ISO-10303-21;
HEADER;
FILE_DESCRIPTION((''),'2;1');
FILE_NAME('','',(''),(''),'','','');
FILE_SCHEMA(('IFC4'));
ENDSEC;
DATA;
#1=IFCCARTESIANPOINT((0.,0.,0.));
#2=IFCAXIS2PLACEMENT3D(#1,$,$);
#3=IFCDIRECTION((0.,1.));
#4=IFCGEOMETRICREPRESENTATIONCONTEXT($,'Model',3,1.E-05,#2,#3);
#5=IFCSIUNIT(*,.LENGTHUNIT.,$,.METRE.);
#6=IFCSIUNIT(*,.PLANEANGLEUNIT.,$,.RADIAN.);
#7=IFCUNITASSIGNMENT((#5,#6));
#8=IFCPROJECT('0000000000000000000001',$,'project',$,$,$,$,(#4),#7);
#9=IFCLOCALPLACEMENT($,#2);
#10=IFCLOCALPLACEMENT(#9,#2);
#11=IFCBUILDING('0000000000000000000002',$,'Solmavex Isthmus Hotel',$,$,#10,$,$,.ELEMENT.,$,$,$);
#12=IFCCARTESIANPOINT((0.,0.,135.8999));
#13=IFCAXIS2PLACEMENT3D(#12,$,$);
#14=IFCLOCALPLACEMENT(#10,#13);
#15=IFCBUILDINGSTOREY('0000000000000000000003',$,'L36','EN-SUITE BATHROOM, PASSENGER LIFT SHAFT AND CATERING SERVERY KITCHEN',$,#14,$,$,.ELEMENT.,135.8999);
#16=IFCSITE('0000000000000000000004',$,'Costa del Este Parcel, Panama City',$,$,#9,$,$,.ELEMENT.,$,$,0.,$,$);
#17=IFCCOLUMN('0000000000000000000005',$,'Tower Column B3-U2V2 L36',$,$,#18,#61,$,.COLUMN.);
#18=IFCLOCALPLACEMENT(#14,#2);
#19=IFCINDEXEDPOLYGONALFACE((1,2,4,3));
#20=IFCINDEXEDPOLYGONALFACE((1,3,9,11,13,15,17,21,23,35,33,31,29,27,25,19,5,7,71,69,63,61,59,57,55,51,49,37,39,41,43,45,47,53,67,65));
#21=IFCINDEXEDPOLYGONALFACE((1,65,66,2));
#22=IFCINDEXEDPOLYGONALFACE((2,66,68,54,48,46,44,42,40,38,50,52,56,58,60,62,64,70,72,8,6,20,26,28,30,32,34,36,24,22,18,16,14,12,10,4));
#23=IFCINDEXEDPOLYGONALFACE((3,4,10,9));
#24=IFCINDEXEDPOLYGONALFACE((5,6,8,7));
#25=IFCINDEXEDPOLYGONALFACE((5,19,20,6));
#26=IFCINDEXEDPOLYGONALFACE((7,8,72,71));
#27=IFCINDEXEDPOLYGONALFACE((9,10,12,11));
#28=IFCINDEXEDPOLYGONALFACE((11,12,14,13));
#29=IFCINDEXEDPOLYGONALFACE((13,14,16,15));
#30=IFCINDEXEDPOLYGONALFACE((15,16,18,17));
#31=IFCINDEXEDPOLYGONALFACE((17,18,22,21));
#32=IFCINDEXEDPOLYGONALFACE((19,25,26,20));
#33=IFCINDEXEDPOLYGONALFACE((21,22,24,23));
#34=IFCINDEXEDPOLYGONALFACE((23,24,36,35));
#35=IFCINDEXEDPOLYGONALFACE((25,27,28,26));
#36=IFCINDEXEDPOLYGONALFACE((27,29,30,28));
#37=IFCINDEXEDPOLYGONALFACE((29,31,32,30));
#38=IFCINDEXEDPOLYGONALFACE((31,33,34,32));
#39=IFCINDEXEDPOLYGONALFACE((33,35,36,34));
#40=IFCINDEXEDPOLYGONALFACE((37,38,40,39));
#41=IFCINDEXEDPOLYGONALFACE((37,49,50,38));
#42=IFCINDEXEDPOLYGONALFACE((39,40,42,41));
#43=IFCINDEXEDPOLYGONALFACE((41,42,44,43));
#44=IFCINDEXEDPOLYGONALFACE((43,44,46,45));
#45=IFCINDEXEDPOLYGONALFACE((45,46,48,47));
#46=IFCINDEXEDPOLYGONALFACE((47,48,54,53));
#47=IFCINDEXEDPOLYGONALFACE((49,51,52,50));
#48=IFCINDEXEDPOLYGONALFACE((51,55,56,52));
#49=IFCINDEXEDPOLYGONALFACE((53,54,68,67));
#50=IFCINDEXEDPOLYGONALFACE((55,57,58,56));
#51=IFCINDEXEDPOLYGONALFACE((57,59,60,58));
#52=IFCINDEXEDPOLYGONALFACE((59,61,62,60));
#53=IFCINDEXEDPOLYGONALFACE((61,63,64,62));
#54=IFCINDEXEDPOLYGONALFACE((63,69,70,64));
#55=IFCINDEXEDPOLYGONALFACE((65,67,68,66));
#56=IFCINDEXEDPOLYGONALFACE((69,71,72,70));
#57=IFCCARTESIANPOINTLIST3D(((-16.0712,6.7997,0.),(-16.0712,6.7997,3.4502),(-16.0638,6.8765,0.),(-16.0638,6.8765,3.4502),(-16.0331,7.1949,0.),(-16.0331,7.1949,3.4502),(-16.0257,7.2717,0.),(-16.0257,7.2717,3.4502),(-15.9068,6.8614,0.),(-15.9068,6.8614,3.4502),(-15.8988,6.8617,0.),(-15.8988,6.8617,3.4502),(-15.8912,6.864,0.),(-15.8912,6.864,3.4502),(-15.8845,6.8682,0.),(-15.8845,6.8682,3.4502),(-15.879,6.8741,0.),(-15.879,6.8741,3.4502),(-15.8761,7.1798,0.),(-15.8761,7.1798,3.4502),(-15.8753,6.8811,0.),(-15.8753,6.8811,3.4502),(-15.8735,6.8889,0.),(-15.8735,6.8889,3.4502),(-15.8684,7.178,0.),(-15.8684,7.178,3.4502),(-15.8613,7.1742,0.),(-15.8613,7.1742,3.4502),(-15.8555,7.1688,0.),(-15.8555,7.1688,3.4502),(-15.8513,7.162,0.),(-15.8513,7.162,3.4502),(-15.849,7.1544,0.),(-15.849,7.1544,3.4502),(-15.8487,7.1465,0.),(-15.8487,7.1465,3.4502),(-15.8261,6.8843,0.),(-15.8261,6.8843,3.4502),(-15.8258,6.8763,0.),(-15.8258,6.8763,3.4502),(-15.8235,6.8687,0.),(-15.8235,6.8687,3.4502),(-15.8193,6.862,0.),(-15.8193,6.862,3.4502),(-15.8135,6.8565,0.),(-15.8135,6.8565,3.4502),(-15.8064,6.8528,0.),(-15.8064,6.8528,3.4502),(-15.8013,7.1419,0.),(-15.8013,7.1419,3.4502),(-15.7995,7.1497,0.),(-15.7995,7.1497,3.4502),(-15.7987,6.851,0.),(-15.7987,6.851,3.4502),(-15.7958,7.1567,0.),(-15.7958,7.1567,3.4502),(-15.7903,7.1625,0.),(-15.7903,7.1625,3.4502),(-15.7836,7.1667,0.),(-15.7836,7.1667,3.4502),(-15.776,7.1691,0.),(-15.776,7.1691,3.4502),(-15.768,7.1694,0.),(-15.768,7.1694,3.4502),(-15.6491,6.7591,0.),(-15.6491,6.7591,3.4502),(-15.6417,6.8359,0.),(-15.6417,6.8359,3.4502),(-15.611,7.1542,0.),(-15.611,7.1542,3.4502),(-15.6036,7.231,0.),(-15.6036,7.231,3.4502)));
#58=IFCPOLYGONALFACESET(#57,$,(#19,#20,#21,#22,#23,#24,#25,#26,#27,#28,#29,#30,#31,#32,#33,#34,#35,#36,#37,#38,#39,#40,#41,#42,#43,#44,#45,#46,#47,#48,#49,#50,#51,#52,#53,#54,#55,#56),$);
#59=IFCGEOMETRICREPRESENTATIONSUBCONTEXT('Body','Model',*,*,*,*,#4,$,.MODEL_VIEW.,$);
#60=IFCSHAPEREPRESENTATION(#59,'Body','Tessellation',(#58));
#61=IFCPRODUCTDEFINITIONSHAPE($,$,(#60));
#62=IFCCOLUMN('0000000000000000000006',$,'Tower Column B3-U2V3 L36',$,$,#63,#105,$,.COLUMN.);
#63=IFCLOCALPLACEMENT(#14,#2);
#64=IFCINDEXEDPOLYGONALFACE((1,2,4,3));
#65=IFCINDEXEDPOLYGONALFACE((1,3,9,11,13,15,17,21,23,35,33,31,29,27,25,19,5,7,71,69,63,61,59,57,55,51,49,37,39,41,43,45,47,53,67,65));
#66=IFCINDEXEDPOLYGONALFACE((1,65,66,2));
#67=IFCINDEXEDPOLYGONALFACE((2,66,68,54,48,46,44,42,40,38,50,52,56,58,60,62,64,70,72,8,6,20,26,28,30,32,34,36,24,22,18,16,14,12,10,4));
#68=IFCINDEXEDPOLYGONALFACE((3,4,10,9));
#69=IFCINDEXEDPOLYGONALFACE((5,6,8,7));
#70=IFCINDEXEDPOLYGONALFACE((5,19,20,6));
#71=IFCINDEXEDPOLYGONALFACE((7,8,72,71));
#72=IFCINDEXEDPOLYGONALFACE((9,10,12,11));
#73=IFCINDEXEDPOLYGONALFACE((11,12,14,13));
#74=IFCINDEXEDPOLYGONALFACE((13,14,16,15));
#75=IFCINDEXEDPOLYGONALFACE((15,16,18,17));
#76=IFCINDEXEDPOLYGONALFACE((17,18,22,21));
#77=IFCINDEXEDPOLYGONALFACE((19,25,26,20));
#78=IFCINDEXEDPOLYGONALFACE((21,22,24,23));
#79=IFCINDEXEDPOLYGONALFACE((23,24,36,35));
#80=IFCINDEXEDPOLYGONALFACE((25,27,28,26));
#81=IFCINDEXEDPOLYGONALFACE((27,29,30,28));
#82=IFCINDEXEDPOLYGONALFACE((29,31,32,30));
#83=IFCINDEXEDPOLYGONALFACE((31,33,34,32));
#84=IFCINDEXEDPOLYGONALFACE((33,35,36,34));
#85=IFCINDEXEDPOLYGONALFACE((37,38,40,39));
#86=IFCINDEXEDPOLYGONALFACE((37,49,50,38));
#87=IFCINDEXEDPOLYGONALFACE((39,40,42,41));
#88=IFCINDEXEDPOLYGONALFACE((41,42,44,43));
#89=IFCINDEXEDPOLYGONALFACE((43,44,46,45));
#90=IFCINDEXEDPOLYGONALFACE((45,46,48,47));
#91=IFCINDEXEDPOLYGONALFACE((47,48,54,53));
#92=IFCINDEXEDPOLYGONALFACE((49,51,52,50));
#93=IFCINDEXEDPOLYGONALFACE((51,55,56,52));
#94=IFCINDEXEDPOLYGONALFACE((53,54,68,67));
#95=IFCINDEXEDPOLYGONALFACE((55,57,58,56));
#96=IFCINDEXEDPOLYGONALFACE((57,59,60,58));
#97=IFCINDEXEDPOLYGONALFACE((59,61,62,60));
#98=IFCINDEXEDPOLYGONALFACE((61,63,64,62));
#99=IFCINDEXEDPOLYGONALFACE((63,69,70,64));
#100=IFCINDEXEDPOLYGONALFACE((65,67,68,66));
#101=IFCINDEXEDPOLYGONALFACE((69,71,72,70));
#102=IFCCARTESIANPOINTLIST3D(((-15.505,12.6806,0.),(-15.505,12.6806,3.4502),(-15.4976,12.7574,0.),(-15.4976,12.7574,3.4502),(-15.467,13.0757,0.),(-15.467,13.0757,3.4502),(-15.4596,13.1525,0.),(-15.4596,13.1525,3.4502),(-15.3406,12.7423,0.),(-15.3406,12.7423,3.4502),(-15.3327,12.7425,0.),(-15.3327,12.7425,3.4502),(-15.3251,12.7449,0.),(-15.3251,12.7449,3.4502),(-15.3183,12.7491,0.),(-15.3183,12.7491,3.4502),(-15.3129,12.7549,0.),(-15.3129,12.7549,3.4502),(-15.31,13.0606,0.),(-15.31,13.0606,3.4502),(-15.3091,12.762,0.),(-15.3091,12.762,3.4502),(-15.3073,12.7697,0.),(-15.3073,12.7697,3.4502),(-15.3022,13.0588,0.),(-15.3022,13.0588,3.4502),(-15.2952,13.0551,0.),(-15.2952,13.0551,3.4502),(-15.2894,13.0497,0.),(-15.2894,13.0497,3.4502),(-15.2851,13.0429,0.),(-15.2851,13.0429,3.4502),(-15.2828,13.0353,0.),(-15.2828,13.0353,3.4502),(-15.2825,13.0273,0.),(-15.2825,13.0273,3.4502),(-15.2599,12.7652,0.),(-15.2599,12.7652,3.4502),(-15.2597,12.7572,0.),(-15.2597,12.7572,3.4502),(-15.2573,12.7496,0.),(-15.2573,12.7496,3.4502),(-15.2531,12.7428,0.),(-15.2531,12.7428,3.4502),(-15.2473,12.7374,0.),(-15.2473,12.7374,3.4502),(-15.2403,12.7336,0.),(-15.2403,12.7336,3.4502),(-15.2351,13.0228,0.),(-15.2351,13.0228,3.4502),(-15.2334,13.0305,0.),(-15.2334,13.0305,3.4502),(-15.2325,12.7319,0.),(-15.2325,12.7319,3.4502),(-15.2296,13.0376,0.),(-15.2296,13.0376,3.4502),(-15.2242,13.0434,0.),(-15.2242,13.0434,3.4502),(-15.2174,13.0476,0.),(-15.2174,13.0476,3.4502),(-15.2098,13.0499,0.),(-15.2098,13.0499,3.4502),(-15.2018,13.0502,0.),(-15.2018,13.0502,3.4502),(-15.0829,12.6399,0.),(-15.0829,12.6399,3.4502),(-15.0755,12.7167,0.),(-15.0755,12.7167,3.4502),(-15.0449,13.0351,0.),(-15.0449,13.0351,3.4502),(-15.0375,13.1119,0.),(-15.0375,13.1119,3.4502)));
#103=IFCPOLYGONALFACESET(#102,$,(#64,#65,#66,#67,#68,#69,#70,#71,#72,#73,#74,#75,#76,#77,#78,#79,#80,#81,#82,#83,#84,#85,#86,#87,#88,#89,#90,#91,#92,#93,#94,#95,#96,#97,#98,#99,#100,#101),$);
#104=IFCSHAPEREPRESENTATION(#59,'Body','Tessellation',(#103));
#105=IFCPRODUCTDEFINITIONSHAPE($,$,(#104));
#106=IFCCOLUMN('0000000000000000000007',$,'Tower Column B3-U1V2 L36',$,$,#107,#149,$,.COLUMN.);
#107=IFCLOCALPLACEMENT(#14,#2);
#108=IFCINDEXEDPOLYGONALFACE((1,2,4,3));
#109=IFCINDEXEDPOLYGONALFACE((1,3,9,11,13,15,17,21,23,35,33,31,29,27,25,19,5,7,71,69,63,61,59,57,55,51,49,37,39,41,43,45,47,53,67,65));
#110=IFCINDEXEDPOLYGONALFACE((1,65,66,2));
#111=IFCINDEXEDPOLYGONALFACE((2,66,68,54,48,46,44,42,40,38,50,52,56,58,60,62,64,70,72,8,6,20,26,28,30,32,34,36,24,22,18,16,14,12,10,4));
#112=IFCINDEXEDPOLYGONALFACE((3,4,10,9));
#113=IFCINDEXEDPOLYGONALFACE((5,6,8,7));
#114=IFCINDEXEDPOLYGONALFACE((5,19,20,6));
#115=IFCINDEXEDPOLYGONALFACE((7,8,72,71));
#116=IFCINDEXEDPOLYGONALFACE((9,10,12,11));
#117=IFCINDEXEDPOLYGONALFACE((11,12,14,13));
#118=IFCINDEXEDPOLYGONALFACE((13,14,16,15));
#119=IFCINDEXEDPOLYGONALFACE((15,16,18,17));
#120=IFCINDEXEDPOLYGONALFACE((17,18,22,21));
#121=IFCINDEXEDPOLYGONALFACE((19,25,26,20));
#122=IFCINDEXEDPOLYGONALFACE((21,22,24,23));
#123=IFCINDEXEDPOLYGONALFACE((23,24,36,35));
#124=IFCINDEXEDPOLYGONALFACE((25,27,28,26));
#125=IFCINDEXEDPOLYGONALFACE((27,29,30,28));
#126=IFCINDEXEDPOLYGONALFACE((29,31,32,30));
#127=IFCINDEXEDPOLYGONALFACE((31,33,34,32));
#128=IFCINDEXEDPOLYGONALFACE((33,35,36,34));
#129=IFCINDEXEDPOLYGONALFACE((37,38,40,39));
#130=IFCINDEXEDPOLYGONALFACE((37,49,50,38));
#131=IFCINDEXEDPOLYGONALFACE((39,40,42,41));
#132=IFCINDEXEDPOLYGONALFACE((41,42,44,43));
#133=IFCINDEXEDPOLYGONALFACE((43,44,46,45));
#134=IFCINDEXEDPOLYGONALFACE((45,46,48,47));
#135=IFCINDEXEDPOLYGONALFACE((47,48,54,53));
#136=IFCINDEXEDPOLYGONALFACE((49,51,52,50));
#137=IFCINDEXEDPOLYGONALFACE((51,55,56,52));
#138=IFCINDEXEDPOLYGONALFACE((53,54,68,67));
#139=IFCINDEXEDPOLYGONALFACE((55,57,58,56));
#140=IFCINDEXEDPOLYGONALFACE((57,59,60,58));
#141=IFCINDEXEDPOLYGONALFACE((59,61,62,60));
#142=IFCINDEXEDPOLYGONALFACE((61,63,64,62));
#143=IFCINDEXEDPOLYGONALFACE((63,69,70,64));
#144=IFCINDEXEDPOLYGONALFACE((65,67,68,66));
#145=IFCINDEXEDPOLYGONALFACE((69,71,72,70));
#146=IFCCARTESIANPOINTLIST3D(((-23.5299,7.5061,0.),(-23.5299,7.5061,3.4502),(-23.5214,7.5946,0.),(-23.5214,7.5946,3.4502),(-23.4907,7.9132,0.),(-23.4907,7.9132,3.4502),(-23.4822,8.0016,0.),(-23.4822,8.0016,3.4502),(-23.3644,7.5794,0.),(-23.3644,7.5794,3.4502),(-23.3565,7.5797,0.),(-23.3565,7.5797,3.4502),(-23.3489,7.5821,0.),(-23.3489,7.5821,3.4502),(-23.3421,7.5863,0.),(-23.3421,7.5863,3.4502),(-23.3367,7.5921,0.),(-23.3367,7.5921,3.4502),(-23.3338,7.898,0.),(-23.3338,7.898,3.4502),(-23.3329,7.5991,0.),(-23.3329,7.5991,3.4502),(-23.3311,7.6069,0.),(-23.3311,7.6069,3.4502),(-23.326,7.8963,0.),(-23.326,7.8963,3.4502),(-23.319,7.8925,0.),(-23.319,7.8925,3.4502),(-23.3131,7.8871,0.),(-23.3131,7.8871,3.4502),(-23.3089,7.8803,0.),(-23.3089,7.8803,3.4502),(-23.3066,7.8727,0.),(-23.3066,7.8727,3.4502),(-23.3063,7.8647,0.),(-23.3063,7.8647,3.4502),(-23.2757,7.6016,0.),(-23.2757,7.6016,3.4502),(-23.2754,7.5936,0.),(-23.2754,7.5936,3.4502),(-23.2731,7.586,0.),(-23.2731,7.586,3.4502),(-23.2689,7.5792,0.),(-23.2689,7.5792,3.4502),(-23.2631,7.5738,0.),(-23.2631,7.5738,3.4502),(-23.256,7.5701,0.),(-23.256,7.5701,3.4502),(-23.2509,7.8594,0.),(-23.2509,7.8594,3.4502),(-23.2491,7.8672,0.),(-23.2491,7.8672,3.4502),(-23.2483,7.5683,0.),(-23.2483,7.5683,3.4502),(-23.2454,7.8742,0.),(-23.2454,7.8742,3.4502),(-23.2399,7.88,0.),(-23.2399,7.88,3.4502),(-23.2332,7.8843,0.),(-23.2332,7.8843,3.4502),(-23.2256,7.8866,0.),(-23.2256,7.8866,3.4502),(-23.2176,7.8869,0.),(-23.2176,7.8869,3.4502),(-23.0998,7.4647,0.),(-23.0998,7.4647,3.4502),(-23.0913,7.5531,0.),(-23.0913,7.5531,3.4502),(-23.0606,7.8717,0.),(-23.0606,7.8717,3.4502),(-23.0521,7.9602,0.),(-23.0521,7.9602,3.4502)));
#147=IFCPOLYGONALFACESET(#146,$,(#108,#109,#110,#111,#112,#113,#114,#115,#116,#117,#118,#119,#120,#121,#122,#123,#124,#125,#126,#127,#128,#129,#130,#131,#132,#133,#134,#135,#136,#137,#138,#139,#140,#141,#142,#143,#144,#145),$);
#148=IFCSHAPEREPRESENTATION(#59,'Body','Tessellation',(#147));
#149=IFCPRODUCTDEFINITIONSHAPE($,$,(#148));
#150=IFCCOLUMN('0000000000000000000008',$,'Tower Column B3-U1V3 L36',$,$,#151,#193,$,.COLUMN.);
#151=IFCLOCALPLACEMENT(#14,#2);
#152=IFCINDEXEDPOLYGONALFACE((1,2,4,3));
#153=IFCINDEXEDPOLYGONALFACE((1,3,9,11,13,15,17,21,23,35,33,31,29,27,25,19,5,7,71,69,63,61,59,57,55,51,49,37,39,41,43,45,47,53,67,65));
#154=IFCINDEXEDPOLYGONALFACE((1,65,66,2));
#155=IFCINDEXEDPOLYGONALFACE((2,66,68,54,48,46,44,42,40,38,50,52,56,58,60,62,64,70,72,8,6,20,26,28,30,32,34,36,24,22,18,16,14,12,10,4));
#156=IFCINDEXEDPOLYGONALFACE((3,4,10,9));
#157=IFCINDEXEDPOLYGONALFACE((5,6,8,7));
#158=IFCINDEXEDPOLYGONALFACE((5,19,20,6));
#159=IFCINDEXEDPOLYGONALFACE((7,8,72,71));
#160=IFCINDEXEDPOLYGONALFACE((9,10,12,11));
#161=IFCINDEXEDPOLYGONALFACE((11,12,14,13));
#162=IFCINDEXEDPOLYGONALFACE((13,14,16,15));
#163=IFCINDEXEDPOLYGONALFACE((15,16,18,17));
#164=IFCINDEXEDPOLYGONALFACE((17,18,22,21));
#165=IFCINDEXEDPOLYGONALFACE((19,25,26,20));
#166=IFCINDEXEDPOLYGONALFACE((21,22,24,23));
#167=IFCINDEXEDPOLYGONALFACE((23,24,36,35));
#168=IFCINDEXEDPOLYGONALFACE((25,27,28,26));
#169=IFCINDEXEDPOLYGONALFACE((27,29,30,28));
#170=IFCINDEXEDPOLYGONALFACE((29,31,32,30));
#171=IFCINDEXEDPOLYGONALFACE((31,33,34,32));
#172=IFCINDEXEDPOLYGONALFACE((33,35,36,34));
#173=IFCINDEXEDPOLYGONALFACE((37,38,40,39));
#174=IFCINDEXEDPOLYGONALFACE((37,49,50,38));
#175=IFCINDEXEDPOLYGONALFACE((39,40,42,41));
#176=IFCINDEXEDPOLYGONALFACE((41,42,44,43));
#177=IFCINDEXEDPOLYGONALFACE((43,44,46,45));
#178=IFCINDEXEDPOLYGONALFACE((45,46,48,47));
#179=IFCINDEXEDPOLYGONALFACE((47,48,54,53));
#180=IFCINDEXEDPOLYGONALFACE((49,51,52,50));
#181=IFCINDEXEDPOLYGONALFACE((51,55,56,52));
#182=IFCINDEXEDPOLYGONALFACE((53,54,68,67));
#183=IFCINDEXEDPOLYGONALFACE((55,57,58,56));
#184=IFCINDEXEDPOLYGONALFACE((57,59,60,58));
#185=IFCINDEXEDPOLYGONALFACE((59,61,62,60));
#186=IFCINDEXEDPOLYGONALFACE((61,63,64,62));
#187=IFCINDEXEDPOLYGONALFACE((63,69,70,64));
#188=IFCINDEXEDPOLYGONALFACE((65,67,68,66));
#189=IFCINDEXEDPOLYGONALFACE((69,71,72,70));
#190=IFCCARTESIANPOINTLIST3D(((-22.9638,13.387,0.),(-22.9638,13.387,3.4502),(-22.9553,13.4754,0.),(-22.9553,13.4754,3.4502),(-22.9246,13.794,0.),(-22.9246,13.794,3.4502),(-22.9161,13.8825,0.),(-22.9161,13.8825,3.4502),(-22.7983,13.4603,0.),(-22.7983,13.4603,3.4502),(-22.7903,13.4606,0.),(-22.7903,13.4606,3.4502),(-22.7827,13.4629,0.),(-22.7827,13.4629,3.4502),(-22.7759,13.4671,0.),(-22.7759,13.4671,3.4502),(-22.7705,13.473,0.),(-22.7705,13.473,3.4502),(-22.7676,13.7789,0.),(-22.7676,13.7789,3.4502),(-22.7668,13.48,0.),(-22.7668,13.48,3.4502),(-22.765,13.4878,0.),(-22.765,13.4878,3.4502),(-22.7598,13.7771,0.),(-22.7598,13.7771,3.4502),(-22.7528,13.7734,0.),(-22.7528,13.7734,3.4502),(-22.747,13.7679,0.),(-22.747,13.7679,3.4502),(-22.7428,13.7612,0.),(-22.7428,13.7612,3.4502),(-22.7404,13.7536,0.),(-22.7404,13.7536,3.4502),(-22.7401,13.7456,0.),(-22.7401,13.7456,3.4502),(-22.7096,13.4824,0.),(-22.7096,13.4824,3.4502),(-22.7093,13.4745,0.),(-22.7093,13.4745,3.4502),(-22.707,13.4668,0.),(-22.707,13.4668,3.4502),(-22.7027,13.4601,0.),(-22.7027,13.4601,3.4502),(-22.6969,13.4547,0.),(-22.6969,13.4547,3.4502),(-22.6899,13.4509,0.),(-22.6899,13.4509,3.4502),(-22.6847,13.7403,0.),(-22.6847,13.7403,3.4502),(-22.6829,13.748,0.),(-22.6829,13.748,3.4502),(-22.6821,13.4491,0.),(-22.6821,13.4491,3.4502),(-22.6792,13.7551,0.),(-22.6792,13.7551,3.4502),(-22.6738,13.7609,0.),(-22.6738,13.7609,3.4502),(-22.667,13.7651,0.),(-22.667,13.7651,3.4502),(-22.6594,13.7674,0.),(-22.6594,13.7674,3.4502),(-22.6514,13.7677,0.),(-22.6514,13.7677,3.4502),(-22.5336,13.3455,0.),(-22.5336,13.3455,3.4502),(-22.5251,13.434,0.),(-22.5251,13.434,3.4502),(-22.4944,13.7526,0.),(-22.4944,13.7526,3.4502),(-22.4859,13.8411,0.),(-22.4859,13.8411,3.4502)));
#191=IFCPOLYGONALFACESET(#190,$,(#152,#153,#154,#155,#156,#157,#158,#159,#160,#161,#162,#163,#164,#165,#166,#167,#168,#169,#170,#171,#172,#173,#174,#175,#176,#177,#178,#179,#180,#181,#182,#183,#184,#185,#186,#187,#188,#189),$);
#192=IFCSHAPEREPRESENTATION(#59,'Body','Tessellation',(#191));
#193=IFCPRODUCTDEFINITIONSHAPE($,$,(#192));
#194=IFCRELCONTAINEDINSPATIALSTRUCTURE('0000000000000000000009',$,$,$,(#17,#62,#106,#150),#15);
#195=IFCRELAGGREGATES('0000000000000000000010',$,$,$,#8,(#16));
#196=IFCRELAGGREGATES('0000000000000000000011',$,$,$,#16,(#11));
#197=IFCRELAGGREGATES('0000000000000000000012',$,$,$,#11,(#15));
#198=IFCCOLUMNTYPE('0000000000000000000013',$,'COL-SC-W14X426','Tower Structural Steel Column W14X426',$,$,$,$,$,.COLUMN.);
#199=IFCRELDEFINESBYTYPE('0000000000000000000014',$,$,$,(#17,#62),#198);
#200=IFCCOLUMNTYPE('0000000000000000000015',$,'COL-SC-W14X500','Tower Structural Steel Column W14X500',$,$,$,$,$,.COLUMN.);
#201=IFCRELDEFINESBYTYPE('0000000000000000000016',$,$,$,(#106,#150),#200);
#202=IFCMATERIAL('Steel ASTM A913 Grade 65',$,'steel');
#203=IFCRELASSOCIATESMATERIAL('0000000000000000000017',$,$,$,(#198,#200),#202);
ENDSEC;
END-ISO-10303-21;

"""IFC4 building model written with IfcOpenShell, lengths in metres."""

from ifc_helpers import new_model, si_unit, direction, frame, origin, origin_2d, place, context, subcontext, project, spatial, i_section, extrude, material, material_profile, profile_set, type_object, element, save


model = new_model("IFC4")

# Units and contexts
model_context = context("Model", 3, precision=1e-05, world=origin(), true_north=direction((0.0, 1.0)))
body_context = subcontext(model_context, "Body", "Model", "MODEL_VIEW")
ifc_project = project(units=[si_unit("LENGTHUNIT", "METRE"), si_unit("PLANEANGLEUNIT", "RADIAN")], contexts=[model_context])

# Site, building, storey
site_placement = place(None, origin())
site = spatial("IfcSite", under=ifc_project, at=site_placement, Name="Costa del Este Parcel, Panama City", CompositionType="ELEMENT", RefElevation=0.0)
building_placement = place(site_placement, origin())
building = spatial("IfcBuilding", under=site, at=building_placement, Name="Solmavex Isthmus Hotel", CompositionType="ELEMENT")
storey_placement = place(building_placement, frame((0.0, 0.0, 135.8999)))
storey = spatial("IfcBuildingStorey", under=building, at=storey_placement, Name="L36", Description="EN-SUITE BATHROOM, PASSENGER LIFT SHAFT AND CATERING SERVERY KITCHEN", CompositionType="ELEMENT", Elevation=135.8999)

# Columns
ifc_material_1 = material(Name="Steel ASTM A913 Grade 65", Category="steel")
ifc_material_profile_1 = material_profile(ifc_material_1, i_section(OverallWidth=0.4241, OverallDepth=0.4741, WebThickness=0.0476, FlangeThickness=0.0771, FilletRadius=0.0305, at=origin_2d()), Name="W14X426")
ifc_profile_set_1 = profile_set([ifc_material_profile_1], Name="Steel ASTM A913 Grade 65")
column_type_1 = type_object("IfcColumnType", Name="COL-SC-W14X426", Description="Tower Structural Steel Column W14X426", PredefinedType="COLUMN", material=ifc_profile_set_1)
for number, where, z_axis, x_axis, name in (
    (1, (-15.8374, 7.0154, 0.0), (0.0, 0.0, 1.0), (0.995396, -0.095846, 0.0), "Tower Column B3-U2V2 L36"),
    (2, (-15.2712, 12.8962, 0.0), (0.0, 0.0, 1.0), (0.995396, -0.095846, 0.0), "Tower Column B3-U2V3 L36"),
):
    element("IfcColumn", number, at=place(storey_placement, frame(where, z_axis=z_axis, x_axis=x_axis)), inside=storey, type_object=column_type_1, Name=name, PredefinedType="COLUMN", context=body_context, shape_type="SweptSolid", body=[
        extrude(i_section(OverallWidth=0.4241, OverallDepth=0.4741, WebThickness=0.0476, FlangeThickness=0.0771, FilletRadius=0.0305, at=origin_2d()), origin(), (0.0, 0.0, 1.0), 3.4502),
    ])
ifc_material_profile_2 = material_profile(ifc_material_1, i_section(OverallWidth=0.4321, OverallDepth=0.4978, WebThickness=0.0557, FlangeThickness=0.0889, FilletRadius=0.0305, at=origin_2d()), Name="W14X500")
ifc_profile_set_2 = profile_set([ifc_material_profile_2], Name="Steel ASTM A913 Grade 65")
column_type_2 = type_object("IfcColumnType", Name="COL-SC-W14X500", Description="Tower Structural Steel Column W14X500", PredefinedType="COLUMN", material=ifc_profile_set_2)
for number, where, z_axis, x_axis, name in (
    (3, (-23.291, 7.7332, 0.0), (0.0, 0.0, 1.0), (0.995396, -0.095846, 0.0), "Tower Column B3-U1V2 L36"),
    (4, (-22.7249, 13.614, 0.0), (0.0, 0.0, 1.0), (0.995396, -0.095846, 0.0), "Tower Column B3-U1V3 L36"),
):
    element("IfcColumn", number, at=place(storey_placement, frame(where, z_axis=z_axis, x_axis=x_axis)), inside=storey, type_object=column_type_2, Name=name, PredefinedType="COLUMN", context=body_context, shape_type="SweptSolid", body=[
        extrude(i_section(OverallWidth=0.4321, OverallDepth=0.4978, WebThickness=0.0557, FlangeThickness=0.0889, FilletRadius=0.0305, at=origin_2d()), origin(), (0.0, 0.0, 1.0), 3.4502),
    ])

save(model, "model.ifc")
